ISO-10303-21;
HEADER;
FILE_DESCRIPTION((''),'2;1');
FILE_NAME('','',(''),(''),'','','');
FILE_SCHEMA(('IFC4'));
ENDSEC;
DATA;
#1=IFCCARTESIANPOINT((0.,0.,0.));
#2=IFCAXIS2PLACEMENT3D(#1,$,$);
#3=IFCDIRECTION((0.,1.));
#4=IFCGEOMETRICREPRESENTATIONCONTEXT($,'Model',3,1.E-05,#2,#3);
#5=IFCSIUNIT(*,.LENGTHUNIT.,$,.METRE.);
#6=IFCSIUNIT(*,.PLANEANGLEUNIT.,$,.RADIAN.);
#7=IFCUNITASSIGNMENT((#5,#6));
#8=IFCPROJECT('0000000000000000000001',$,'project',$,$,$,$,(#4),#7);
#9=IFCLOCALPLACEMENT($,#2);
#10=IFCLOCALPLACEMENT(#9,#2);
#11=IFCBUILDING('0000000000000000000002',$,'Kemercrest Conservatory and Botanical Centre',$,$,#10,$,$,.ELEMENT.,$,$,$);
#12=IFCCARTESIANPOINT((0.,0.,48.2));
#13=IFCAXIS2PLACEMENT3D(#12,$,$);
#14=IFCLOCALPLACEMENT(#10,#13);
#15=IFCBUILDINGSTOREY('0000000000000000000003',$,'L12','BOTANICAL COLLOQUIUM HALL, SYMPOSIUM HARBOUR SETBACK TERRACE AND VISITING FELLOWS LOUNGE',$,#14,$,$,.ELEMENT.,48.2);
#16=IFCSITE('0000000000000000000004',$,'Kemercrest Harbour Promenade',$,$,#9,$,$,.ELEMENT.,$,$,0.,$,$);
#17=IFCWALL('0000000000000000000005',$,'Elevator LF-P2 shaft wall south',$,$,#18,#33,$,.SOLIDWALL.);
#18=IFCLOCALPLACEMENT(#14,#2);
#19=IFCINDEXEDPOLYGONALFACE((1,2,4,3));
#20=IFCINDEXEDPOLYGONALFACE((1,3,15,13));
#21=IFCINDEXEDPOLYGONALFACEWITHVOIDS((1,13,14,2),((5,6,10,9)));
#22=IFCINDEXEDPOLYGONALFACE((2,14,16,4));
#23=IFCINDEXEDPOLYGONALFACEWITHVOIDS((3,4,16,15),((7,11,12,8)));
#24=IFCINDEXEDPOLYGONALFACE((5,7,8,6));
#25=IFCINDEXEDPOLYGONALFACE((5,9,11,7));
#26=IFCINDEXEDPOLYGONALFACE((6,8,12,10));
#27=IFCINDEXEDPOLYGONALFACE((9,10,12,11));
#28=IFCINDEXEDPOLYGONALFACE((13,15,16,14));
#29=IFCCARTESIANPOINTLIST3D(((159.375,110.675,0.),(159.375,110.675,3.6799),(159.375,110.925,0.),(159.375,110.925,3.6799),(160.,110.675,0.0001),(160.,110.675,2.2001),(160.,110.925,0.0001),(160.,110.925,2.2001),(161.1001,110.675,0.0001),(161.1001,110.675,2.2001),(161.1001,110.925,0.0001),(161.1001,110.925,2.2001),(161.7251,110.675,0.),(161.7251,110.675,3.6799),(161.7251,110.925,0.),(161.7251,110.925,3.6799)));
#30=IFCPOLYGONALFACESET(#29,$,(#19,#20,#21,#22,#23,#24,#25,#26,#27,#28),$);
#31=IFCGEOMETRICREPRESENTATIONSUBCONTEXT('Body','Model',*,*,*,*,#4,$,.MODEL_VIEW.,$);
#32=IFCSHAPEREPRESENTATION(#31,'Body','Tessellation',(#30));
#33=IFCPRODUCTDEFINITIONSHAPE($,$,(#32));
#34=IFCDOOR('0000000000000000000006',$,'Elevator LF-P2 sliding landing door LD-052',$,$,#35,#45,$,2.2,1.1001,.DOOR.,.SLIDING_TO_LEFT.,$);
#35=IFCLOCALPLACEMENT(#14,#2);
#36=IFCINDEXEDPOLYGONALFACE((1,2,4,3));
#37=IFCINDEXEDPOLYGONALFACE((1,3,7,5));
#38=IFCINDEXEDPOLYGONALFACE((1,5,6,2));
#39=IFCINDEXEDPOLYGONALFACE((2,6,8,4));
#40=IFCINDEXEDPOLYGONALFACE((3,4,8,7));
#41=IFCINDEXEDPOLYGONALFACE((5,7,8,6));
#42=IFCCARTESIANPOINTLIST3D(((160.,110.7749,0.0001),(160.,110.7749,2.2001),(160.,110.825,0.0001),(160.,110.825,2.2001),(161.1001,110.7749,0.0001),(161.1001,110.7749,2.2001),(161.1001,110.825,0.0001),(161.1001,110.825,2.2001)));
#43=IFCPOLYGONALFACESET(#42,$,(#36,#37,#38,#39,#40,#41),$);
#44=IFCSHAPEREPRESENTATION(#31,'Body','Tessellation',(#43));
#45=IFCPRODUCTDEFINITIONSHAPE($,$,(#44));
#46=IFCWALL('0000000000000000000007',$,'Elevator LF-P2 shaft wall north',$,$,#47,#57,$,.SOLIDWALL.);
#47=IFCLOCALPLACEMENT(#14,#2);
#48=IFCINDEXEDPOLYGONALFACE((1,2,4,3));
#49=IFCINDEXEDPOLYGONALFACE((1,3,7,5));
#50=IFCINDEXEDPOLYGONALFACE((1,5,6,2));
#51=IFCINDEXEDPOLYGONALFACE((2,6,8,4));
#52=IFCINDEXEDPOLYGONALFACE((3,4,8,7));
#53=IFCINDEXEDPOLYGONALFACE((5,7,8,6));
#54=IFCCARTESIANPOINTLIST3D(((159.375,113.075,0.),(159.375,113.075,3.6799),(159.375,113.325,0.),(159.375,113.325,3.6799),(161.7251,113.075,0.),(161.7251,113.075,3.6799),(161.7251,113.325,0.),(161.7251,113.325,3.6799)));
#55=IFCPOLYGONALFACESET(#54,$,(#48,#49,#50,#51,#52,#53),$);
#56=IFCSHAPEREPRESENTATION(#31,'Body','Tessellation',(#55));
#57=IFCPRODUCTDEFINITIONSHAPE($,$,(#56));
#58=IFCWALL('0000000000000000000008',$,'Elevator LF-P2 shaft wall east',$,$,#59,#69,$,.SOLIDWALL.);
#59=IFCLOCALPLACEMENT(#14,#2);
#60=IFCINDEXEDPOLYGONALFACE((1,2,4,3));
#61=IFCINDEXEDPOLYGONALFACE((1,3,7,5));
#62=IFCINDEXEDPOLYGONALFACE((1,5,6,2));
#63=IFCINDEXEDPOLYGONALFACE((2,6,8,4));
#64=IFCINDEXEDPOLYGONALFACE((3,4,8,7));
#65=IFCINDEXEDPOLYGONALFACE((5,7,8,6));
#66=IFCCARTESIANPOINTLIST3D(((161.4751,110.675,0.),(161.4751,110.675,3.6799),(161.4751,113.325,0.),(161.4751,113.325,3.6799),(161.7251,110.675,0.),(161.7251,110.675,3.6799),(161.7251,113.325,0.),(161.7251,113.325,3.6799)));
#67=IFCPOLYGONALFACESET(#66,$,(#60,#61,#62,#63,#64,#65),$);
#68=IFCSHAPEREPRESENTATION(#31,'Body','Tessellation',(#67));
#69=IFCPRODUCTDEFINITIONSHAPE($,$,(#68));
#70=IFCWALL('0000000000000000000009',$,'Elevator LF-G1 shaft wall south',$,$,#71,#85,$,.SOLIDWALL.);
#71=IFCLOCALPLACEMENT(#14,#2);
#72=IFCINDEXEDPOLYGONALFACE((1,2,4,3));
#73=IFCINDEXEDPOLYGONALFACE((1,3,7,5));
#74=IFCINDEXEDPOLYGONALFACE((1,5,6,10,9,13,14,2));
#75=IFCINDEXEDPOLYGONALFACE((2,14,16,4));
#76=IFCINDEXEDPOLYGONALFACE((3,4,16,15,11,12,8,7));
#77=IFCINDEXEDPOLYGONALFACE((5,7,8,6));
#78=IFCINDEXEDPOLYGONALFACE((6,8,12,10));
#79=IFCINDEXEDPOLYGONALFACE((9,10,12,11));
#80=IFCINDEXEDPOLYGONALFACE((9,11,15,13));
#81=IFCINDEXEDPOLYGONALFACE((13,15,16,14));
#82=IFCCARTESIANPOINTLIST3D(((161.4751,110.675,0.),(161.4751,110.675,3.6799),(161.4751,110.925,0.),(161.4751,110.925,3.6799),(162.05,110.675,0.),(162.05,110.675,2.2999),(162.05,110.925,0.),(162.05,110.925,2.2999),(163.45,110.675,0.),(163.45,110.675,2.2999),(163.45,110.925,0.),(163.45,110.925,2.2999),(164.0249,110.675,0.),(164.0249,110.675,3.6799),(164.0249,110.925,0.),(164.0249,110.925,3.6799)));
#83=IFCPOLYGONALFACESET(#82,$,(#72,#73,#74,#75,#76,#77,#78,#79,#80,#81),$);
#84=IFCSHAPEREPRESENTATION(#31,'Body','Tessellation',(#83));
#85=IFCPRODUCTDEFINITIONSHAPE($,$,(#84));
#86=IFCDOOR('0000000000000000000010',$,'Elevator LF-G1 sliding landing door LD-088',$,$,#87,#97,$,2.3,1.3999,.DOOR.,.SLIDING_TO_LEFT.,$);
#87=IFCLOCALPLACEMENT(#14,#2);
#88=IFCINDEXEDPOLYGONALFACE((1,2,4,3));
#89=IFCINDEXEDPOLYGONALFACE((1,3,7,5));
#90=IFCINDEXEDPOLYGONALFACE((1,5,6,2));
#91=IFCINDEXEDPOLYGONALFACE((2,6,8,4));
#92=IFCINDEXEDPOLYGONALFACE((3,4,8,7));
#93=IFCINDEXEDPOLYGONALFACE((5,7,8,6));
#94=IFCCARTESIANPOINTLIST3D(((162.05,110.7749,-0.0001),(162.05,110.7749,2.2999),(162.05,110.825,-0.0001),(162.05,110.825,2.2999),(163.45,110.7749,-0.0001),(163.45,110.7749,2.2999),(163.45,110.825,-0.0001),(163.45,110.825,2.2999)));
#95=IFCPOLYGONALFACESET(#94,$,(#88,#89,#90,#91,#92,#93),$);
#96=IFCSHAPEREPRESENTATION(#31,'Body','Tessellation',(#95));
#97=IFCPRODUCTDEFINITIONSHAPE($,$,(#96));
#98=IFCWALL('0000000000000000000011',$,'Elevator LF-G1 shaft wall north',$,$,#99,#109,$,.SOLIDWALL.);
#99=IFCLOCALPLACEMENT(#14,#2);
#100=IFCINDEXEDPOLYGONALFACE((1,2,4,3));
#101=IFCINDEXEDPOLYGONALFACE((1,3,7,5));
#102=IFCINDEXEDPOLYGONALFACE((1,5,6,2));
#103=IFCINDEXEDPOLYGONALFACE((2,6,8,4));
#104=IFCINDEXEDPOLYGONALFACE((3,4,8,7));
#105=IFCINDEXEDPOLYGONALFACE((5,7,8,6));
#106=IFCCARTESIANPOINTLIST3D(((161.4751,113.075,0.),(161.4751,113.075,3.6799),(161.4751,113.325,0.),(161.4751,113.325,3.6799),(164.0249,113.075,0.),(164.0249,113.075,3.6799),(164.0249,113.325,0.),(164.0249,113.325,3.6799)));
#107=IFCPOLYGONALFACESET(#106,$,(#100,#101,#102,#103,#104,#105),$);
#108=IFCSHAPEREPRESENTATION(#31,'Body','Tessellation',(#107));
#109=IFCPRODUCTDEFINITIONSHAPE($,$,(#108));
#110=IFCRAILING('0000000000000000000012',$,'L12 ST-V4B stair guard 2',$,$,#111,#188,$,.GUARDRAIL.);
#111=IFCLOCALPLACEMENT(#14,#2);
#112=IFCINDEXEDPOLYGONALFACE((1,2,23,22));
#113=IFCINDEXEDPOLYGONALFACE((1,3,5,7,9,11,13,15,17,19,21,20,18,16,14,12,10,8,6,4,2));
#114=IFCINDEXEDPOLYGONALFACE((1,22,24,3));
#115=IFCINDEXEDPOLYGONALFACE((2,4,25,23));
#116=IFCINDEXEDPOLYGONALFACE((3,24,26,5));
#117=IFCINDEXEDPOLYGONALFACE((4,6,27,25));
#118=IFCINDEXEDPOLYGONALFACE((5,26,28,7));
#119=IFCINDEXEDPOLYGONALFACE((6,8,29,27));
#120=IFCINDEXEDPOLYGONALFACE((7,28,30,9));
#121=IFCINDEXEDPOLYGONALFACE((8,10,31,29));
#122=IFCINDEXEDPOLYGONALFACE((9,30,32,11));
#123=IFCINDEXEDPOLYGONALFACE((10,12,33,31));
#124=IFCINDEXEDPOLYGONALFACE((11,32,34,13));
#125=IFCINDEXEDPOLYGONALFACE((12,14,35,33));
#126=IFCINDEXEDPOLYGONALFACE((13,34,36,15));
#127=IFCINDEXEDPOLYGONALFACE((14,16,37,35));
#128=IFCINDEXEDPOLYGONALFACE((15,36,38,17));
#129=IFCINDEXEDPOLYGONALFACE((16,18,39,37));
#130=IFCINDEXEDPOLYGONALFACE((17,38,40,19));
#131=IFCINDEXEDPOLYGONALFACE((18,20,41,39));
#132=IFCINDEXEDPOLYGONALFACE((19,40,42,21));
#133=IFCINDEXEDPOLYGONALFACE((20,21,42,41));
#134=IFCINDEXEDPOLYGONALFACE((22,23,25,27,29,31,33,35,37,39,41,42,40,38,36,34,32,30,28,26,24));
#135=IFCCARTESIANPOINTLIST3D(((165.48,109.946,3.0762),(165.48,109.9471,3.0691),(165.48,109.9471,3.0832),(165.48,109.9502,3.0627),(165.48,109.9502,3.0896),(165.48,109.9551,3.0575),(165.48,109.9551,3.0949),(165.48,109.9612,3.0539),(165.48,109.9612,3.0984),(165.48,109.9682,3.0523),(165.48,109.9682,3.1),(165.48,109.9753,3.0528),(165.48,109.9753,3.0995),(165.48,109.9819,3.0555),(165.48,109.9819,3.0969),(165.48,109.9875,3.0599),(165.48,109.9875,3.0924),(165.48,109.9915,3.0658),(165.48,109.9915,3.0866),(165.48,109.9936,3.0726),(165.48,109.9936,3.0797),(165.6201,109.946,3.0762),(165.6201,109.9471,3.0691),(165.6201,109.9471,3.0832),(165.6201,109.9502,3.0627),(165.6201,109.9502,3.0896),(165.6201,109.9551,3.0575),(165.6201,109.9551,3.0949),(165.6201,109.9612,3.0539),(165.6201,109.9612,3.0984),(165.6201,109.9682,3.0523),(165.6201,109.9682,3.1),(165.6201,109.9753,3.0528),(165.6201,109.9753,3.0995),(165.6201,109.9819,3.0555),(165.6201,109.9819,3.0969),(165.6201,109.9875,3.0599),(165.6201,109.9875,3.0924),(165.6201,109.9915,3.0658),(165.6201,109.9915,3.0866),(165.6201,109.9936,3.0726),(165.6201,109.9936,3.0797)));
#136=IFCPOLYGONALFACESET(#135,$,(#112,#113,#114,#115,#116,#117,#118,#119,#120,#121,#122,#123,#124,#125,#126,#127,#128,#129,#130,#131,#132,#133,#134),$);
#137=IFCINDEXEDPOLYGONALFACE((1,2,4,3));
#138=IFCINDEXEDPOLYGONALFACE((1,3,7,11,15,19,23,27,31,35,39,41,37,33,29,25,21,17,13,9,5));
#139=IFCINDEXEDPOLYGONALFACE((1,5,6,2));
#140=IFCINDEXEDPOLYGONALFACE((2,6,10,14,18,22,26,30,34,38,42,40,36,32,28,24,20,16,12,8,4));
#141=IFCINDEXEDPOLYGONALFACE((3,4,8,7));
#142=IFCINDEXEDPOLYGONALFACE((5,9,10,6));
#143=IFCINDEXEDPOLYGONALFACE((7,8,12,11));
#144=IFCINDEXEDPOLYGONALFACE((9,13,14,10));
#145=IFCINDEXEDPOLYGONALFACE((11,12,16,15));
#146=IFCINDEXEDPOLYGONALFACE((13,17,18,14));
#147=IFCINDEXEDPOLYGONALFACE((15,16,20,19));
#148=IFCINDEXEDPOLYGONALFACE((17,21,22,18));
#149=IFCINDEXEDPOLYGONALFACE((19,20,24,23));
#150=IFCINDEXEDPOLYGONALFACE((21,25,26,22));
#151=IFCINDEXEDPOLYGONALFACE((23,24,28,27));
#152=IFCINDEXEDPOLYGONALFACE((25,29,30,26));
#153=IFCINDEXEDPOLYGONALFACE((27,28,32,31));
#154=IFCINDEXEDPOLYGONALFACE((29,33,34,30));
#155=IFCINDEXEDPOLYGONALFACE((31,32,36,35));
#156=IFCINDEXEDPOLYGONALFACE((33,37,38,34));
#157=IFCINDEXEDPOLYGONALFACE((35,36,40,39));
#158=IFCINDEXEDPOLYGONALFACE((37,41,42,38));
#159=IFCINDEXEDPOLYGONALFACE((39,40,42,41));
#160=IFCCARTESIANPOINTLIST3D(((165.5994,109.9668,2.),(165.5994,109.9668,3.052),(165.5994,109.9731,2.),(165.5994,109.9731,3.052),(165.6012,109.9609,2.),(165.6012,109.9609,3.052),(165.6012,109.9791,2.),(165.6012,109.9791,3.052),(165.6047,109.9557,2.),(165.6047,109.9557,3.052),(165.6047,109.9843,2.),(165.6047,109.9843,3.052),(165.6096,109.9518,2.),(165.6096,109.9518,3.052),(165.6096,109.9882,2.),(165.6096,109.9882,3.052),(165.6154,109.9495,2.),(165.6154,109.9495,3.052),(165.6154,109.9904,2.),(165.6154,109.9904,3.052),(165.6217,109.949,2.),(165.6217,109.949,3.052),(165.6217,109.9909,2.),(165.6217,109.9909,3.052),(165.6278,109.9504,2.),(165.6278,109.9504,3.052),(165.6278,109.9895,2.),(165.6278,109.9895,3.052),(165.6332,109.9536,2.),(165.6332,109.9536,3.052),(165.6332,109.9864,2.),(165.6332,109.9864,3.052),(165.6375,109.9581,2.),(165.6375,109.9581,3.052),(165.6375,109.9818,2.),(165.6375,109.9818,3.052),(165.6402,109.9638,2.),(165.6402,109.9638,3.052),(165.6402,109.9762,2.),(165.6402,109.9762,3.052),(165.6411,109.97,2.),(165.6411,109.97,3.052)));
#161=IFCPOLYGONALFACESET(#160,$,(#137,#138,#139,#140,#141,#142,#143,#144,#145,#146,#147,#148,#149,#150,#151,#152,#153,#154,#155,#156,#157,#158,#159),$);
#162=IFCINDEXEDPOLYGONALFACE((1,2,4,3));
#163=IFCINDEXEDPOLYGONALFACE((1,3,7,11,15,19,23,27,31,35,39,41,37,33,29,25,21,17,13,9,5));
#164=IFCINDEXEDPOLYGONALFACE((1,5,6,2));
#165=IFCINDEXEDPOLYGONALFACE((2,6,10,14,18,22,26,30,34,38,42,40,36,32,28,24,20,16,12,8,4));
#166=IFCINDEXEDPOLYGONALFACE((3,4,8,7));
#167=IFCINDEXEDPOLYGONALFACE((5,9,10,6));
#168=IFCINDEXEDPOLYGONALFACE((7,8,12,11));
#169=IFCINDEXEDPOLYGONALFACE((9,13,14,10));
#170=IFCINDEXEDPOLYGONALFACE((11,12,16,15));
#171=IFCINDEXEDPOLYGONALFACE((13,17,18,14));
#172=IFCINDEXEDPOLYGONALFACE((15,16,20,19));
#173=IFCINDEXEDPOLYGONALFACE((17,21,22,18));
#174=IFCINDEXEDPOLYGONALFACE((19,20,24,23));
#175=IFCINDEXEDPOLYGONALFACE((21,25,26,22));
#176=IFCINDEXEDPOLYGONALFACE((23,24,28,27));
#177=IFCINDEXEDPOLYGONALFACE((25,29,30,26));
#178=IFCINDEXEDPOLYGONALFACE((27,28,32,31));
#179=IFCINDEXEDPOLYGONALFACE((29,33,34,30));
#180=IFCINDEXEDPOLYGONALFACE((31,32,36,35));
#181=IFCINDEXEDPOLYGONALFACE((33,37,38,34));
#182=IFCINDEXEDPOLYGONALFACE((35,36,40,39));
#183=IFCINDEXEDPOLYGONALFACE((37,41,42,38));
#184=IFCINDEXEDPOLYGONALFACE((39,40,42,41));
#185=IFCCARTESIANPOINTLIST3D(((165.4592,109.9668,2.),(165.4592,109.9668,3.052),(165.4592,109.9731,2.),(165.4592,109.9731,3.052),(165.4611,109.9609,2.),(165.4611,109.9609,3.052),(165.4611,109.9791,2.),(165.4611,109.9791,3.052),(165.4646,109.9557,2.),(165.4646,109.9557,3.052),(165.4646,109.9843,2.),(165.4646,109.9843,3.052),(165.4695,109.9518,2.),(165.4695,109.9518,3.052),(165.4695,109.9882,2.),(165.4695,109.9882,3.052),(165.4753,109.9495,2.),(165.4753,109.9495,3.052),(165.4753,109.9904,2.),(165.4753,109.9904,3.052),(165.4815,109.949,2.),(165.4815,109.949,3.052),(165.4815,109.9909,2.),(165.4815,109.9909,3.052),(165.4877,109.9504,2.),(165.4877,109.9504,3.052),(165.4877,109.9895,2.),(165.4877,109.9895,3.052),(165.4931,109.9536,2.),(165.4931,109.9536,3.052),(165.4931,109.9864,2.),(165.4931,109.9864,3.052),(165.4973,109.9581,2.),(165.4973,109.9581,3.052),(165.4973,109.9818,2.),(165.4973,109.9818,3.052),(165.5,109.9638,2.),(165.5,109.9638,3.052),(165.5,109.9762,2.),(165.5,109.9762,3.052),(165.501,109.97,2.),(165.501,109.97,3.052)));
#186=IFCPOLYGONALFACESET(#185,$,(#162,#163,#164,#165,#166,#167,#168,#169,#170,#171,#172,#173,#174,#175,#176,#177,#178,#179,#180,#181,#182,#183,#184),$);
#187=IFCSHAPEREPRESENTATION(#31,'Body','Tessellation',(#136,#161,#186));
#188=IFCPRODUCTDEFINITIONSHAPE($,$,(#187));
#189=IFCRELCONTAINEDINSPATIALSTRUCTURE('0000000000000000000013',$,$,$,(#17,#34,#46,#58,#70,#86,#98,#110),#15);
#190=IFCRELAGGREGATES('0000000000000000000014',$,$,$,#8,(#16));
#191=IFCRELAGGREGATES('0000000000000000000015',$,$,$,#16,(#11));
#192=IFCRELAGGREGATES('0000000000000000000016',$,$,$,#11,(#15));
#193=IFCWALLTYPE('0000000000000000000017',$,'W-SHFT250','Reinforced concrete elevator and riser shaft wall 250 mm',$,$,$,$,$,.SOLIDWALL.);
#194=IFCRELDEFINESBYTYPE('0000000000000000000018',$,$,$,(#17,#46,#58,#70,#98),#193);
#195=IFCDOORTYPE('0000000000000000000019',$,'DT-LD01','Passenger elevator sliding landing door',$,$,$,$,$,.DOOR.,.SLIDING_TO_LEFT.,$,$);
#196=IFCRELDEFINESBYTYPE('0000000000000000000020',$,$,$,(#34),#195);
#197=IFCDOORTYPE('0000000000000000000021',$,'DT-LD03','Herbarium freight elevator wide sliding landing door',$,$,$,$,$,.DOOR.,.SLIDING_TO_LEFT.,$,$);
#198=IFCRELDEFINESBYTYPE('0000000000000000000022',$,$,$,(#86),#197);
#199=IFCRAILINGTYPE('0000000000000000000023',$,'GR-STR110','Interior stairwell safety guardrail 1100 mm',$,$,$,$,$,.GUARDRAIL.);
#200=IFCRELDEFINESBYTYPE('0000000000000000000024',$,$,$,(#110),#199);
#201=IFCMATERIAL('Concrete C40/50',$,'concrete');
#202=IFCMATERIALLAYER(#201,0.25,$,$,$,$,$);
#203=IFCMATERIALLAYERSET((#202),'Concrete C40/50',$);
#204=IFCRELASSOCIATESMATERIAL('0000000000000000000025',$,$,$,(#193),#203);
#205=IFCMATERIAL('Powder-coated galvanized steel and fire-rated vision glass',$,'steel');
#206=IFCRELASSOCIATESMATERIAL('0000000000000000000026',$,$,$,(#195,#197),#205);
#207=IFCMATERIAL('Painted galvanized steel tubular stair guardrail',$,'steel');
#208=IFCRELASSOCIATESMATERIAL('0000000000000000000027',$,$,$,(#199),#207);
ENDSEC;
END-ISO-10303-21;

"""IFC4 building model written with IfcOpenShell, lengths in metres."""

from ifc_helpers import new_model, si_unit, direction, frame, frame_2d, origin, origin_2d, place, context, subcontext, project, spatial, rectangle, circle, extrude, material, layer, layer_set, type_object, element, fill, save


model = new_model("IFC4")

# Units and contexts
model_context = context("Model", 3, precision=1e-05, world=origin(), true_north=direction((0.0, 1.0)))
body_context = subcontext(model_context, "Body", "Model", "MODEL_VIEW")
ifc_project = project(units=[si_unit("LENGTHUNIT", "METRE"), si_unit("PLANEANGLEUNIT", "RADIAN")], contexts=[model_context])

# Site, building, storey
site_placement = place(None, origin())
site = spatial("IfcSite", under=ifc_project, at=site_placement, Name="Kemercrest Harbour Promenade", CompositionType="ELEMENT", RefElevation=0.0)
building_placement = place(site_placement, origin())
building = spatial("IfcBuilding", under=site, at=building_placement, Name="Kemercrest Conservatory and Botanical Centre", CompositionType="ELEMENT")
storey_placement = place(building_placement, frame((0.0, 0.0, 48.2)))
storey = spatial("IfcBuildingStorey", under=building, at=storey_placement, Name="L12", Description="BOTANICAL COLLOQUIUM HALL, SYMPOSIUM HARBOUR SETBACK TERRACE AND VISITING FELLOWS LOUNGE", CompositionType="ELEMENT", Elevation=48.2)

# Shared definitions
ifc_material_1 = material(Name="Concrete C40/50", Category="concrete")

# Shared definitions
ifc_layer_1 = layer(ifc_material_1, 0.25)
ifc_layer_set_1 = layer_set([ifc_layer_1], Name="Concrete C40/50")
wall_type_1 = type_object("IfcWallType", Name="W-SHFT250", Description="Reinforced concrete elevator and riser shaft wall 250 mm", PredefinedType="SOLIDWALL", material=ifc_layer_set_1)

# Wall, opening, door
wall_1_placement = place(storey_placement, frame((159.375, 110.8, 0.0), z_axis=(0.0, 0.0, 1.0), x_axis=(1.0, 0.0, 0.0)))
wall_1 = element("IfcWall", 1, at=wall_1_placement, inside=storey, type_object=wall_type_1, Name="Elevator LF-P2 shaft wall south", PredefinedType="SOLIDWALL", context=body_context, shape_type="SweptSolid", body=[
    extrude(rectangle(XDim=2.3501, YDim=0.25, at=frame_2d((1.175, 0.0))), origin(), (0.0, 0.0, 1.0), 3.6799),
])
opening_1_placement = place(wall_1_placement, frame((0.625, 0.0, 0.0)))
opening_1 = element("IfcOpeningElement", 2, at=opening_1_placement, cuts=wall_1, PredefinedType="OPENING", context=body_context, shape_type="SweptSolid", body=[
    extrude(rectangle(XDim=1.1001, YDim=2.2, at=frame_2d((0.55, 1.1001))), frame((0.0, 0.135, 0.0), z_axis=(0.0, -1.0, 0.0), x_axis=(1.0, 0.0, 0.0)), (0.0, 0.0, 1.0), 0.27),
])
ifc_material_2 = material(Name="Powder-coated galvanized steel and fire-rated vision glass", Category="steel")
door_type_1 = type_object("IfcDoorType", Name="DT-LD01", Description="Passenger elevator sliding landing door", OperationType="SLIDING_TO_LEFT", PredefinedType="DOOR", material=ifc_material_2)
door_1_placement = place(opening_1_placement, origin())
door_1 = element("IfcDoor", 3, at=door_1_placement, inside=storey, type_object=door_type_1, Name="Elevator LF-P2 sliding landing door LD-052", OperationType="SLIDING_TO_LEFT", OverallHeight=2.2, OverallWidth=1.1001, PredefinedType="DOOR", context=body_context, shape_type="SweptSolid", body=[
    extrude(rectangle(XDim=1.1001, YDim=2.2, at=frame_2d((0.55, 1.1001))), frame((0.0, 0.0249, 0.0), z_axis=(0.0, -1.0, 0.0), x_axis=(1.0, 0.0, 0.0)), (0.0, 0.0, 1.0), 0.05),
])
fill(opening_1, door_1)

# Walls
wall_2_placement = place(storey_placement, frame((159.375, 113.2, 0.0), z_axis=(0.0, 0.0, 1.0), x_axis=(1.0, 0.0, 0.0)))
element("IfcWall", 4, at=wall_2_placement, inside=storey, type_object=wall_type_1, Name="Elevator LF-P2 shaft wall north", PredefinedType="SOLIDWALL", context=body_context, shape_type="SweptSolid", body=[
    extrude(rectangle(XDim=2.3501, YDim=0.25, at=frame_2d((1.175, 0.0))), origin(), (0.0, 0.0, 1.0), 3.6799),
])
wall_3_placement = place(storey_placement, frame((161.6001, 110.675, 0.0), z_axis=(0.0, 0.0, 1.0), x_axis=(0.0, 1.0, 0.0)))
element("IfcWall", 5, at=wall_3_placement, inside=storey, type_object=wall_type_1, Name="Elevator LF-P2 shaft wall east", PredefinedType="SOLIDWALL", context=body_context, shape_type="SweptSolid", body=[
    extrude(rectangle(XDim=2.6499, YDim=0.25, at=frame_2d((1.325, 0.0))), origin(), (0.0, 0.0, 1.0), 3.6799),
])

# Wall, opening, door
wall_4_placement = place(storey_placement, frame((161.4751, 110.8, 0.0), z_axis=(0.0, 0.0, 1.0), x_axis=(1.0, 0.0, 0.0)))
wall_4 = element("IfcWall", 6, at=wall_4_placement, inside=storey, type_object=wall_type_1, Name="Elevator LF-G1 shaft wall south", PredefinedType="SOLIDWALL", context=body_context, shape_type="SweptSolid", body=[
    extrude(rectangle(XDim=2.5498, YDim=0.25, at=frame_2d((1.2749, 0.0))), origin(), (0.0, 0.0, 1.0), 3.6799),
])
opening_2_placement = place(wall_4_placement, frame((0.575, 0.0, 0.0)))
opening_2 = element("IfcOpeningElement", 7, at=opening_2_placement, cuts=wall_4, PredefinedType="OPENING", context=body_context, shape_type="SweptSolid", body=[
    extrude(rectangle(XDim=1.3999, YDim=2.3, at=frame_2d((0.7, 1.1499))), frame((0.0, 0.135, 0.0), z_axis=(0.0, -1.0, 0.0), x_axis=(1.0, 0.0, 0.0)), (0.0, 0.0, 1.0), 0.27),
])
door_type_2 = type_object("IfcDoorType", Name="DT-LD03", Description="Herbarium freight elevator wide sliding landing door", OperationType="SLIDING_TO_LEFT", PredefinedType="DOOR", material=ifc_material_2)
door_2_placement = place(opening_2_placement, origin())
door_2 = element("IfcDoor", 8, at=door_2_placement, inside=storey, type_object=door_type_2, Name="Elevator LF-G1 sliding landing door LD-088", OperationType="SLIDING_TO_LEFT", OverallHeight=2.3, OverallWidth=1.3999, PredefinedType="DOOR", context=body_context, shape_type="SweptSolid", body=[
    extrude(rectangle(XDim=1.3999, YDim=2.3, at=frame_2d((0.7, 1.1499))), frame((0.0, 0.0249, 0.0), z_axis=(0.0, -1.0, 0.0), x_axis=(1.0, 0.0, 0.0)), (0.0, 0.0, 1.0), 0.05),
])
fill(opening_2, door_2)

# Wall
wall_5_placement = place(storey_placement, frame((161.4751, 113.2, 0.0), z_axis=(0.0, 0.0, 1.0), x_axis=(1.0, 0.0, 0.0)))
element("IfcWall", 9, at=wall_5_placement, inside=storey, type_object=wall_type_1, Name="Elevator LF-G1 shaft wall north", PredefinedType="SOLIDWALL", context=body_context, shape_type="SweptSolid", body=[
    extrude(rectangle(XDim=2.5498, YDim=0.25, at=frame_2d((1.2749, 0.0))), origin(), (0.0, 0.0, 1.0), 3.6799),
])

# Railing
ifc_material_3 = material(Name="Painted galvanized steel tubular stair guardrail", Category="steel")
railing_type = type_object("IfcRailingType", Name="GR-STR110", Description="Interior stairwell safety guardrail 1100 mm", PredefinedType="GUARDRAIL", material=ifc_material_3)
railing_placement = place(storey_placement, frame((165.6201, 109.97, 2.0)))
element("IfcRailing", 10, at=railing_placement, inside=storey, type_object=railing_type, Name="L12 ST-V4B stair guard 2", PredefinedType="GUARDRAIL", context=body_context, shape_type="SweptSolid", body=[
    extrude(circle(Radius=0.0239, at=origin_2d()), frame((0.0, 0.0, 1.0762), z_axis=(-1.0, 0.0, 0.0), x_axis=(0.0, -1.0, 0.0)), (0.0, 0.0, 1.0), 0.1401),
    extrude(circle(Radius=0.021, at=origin_2d()), origin(), (0.0, 0.0, 1.0), 1.052),
    extrude(circle(Radius=0.021, at=origin_2d()), frame((-0.1401, 0.0, 0.0)), (0.0, 0.0, 1.0), 1.052),
])

save(model, "model.ifc")
